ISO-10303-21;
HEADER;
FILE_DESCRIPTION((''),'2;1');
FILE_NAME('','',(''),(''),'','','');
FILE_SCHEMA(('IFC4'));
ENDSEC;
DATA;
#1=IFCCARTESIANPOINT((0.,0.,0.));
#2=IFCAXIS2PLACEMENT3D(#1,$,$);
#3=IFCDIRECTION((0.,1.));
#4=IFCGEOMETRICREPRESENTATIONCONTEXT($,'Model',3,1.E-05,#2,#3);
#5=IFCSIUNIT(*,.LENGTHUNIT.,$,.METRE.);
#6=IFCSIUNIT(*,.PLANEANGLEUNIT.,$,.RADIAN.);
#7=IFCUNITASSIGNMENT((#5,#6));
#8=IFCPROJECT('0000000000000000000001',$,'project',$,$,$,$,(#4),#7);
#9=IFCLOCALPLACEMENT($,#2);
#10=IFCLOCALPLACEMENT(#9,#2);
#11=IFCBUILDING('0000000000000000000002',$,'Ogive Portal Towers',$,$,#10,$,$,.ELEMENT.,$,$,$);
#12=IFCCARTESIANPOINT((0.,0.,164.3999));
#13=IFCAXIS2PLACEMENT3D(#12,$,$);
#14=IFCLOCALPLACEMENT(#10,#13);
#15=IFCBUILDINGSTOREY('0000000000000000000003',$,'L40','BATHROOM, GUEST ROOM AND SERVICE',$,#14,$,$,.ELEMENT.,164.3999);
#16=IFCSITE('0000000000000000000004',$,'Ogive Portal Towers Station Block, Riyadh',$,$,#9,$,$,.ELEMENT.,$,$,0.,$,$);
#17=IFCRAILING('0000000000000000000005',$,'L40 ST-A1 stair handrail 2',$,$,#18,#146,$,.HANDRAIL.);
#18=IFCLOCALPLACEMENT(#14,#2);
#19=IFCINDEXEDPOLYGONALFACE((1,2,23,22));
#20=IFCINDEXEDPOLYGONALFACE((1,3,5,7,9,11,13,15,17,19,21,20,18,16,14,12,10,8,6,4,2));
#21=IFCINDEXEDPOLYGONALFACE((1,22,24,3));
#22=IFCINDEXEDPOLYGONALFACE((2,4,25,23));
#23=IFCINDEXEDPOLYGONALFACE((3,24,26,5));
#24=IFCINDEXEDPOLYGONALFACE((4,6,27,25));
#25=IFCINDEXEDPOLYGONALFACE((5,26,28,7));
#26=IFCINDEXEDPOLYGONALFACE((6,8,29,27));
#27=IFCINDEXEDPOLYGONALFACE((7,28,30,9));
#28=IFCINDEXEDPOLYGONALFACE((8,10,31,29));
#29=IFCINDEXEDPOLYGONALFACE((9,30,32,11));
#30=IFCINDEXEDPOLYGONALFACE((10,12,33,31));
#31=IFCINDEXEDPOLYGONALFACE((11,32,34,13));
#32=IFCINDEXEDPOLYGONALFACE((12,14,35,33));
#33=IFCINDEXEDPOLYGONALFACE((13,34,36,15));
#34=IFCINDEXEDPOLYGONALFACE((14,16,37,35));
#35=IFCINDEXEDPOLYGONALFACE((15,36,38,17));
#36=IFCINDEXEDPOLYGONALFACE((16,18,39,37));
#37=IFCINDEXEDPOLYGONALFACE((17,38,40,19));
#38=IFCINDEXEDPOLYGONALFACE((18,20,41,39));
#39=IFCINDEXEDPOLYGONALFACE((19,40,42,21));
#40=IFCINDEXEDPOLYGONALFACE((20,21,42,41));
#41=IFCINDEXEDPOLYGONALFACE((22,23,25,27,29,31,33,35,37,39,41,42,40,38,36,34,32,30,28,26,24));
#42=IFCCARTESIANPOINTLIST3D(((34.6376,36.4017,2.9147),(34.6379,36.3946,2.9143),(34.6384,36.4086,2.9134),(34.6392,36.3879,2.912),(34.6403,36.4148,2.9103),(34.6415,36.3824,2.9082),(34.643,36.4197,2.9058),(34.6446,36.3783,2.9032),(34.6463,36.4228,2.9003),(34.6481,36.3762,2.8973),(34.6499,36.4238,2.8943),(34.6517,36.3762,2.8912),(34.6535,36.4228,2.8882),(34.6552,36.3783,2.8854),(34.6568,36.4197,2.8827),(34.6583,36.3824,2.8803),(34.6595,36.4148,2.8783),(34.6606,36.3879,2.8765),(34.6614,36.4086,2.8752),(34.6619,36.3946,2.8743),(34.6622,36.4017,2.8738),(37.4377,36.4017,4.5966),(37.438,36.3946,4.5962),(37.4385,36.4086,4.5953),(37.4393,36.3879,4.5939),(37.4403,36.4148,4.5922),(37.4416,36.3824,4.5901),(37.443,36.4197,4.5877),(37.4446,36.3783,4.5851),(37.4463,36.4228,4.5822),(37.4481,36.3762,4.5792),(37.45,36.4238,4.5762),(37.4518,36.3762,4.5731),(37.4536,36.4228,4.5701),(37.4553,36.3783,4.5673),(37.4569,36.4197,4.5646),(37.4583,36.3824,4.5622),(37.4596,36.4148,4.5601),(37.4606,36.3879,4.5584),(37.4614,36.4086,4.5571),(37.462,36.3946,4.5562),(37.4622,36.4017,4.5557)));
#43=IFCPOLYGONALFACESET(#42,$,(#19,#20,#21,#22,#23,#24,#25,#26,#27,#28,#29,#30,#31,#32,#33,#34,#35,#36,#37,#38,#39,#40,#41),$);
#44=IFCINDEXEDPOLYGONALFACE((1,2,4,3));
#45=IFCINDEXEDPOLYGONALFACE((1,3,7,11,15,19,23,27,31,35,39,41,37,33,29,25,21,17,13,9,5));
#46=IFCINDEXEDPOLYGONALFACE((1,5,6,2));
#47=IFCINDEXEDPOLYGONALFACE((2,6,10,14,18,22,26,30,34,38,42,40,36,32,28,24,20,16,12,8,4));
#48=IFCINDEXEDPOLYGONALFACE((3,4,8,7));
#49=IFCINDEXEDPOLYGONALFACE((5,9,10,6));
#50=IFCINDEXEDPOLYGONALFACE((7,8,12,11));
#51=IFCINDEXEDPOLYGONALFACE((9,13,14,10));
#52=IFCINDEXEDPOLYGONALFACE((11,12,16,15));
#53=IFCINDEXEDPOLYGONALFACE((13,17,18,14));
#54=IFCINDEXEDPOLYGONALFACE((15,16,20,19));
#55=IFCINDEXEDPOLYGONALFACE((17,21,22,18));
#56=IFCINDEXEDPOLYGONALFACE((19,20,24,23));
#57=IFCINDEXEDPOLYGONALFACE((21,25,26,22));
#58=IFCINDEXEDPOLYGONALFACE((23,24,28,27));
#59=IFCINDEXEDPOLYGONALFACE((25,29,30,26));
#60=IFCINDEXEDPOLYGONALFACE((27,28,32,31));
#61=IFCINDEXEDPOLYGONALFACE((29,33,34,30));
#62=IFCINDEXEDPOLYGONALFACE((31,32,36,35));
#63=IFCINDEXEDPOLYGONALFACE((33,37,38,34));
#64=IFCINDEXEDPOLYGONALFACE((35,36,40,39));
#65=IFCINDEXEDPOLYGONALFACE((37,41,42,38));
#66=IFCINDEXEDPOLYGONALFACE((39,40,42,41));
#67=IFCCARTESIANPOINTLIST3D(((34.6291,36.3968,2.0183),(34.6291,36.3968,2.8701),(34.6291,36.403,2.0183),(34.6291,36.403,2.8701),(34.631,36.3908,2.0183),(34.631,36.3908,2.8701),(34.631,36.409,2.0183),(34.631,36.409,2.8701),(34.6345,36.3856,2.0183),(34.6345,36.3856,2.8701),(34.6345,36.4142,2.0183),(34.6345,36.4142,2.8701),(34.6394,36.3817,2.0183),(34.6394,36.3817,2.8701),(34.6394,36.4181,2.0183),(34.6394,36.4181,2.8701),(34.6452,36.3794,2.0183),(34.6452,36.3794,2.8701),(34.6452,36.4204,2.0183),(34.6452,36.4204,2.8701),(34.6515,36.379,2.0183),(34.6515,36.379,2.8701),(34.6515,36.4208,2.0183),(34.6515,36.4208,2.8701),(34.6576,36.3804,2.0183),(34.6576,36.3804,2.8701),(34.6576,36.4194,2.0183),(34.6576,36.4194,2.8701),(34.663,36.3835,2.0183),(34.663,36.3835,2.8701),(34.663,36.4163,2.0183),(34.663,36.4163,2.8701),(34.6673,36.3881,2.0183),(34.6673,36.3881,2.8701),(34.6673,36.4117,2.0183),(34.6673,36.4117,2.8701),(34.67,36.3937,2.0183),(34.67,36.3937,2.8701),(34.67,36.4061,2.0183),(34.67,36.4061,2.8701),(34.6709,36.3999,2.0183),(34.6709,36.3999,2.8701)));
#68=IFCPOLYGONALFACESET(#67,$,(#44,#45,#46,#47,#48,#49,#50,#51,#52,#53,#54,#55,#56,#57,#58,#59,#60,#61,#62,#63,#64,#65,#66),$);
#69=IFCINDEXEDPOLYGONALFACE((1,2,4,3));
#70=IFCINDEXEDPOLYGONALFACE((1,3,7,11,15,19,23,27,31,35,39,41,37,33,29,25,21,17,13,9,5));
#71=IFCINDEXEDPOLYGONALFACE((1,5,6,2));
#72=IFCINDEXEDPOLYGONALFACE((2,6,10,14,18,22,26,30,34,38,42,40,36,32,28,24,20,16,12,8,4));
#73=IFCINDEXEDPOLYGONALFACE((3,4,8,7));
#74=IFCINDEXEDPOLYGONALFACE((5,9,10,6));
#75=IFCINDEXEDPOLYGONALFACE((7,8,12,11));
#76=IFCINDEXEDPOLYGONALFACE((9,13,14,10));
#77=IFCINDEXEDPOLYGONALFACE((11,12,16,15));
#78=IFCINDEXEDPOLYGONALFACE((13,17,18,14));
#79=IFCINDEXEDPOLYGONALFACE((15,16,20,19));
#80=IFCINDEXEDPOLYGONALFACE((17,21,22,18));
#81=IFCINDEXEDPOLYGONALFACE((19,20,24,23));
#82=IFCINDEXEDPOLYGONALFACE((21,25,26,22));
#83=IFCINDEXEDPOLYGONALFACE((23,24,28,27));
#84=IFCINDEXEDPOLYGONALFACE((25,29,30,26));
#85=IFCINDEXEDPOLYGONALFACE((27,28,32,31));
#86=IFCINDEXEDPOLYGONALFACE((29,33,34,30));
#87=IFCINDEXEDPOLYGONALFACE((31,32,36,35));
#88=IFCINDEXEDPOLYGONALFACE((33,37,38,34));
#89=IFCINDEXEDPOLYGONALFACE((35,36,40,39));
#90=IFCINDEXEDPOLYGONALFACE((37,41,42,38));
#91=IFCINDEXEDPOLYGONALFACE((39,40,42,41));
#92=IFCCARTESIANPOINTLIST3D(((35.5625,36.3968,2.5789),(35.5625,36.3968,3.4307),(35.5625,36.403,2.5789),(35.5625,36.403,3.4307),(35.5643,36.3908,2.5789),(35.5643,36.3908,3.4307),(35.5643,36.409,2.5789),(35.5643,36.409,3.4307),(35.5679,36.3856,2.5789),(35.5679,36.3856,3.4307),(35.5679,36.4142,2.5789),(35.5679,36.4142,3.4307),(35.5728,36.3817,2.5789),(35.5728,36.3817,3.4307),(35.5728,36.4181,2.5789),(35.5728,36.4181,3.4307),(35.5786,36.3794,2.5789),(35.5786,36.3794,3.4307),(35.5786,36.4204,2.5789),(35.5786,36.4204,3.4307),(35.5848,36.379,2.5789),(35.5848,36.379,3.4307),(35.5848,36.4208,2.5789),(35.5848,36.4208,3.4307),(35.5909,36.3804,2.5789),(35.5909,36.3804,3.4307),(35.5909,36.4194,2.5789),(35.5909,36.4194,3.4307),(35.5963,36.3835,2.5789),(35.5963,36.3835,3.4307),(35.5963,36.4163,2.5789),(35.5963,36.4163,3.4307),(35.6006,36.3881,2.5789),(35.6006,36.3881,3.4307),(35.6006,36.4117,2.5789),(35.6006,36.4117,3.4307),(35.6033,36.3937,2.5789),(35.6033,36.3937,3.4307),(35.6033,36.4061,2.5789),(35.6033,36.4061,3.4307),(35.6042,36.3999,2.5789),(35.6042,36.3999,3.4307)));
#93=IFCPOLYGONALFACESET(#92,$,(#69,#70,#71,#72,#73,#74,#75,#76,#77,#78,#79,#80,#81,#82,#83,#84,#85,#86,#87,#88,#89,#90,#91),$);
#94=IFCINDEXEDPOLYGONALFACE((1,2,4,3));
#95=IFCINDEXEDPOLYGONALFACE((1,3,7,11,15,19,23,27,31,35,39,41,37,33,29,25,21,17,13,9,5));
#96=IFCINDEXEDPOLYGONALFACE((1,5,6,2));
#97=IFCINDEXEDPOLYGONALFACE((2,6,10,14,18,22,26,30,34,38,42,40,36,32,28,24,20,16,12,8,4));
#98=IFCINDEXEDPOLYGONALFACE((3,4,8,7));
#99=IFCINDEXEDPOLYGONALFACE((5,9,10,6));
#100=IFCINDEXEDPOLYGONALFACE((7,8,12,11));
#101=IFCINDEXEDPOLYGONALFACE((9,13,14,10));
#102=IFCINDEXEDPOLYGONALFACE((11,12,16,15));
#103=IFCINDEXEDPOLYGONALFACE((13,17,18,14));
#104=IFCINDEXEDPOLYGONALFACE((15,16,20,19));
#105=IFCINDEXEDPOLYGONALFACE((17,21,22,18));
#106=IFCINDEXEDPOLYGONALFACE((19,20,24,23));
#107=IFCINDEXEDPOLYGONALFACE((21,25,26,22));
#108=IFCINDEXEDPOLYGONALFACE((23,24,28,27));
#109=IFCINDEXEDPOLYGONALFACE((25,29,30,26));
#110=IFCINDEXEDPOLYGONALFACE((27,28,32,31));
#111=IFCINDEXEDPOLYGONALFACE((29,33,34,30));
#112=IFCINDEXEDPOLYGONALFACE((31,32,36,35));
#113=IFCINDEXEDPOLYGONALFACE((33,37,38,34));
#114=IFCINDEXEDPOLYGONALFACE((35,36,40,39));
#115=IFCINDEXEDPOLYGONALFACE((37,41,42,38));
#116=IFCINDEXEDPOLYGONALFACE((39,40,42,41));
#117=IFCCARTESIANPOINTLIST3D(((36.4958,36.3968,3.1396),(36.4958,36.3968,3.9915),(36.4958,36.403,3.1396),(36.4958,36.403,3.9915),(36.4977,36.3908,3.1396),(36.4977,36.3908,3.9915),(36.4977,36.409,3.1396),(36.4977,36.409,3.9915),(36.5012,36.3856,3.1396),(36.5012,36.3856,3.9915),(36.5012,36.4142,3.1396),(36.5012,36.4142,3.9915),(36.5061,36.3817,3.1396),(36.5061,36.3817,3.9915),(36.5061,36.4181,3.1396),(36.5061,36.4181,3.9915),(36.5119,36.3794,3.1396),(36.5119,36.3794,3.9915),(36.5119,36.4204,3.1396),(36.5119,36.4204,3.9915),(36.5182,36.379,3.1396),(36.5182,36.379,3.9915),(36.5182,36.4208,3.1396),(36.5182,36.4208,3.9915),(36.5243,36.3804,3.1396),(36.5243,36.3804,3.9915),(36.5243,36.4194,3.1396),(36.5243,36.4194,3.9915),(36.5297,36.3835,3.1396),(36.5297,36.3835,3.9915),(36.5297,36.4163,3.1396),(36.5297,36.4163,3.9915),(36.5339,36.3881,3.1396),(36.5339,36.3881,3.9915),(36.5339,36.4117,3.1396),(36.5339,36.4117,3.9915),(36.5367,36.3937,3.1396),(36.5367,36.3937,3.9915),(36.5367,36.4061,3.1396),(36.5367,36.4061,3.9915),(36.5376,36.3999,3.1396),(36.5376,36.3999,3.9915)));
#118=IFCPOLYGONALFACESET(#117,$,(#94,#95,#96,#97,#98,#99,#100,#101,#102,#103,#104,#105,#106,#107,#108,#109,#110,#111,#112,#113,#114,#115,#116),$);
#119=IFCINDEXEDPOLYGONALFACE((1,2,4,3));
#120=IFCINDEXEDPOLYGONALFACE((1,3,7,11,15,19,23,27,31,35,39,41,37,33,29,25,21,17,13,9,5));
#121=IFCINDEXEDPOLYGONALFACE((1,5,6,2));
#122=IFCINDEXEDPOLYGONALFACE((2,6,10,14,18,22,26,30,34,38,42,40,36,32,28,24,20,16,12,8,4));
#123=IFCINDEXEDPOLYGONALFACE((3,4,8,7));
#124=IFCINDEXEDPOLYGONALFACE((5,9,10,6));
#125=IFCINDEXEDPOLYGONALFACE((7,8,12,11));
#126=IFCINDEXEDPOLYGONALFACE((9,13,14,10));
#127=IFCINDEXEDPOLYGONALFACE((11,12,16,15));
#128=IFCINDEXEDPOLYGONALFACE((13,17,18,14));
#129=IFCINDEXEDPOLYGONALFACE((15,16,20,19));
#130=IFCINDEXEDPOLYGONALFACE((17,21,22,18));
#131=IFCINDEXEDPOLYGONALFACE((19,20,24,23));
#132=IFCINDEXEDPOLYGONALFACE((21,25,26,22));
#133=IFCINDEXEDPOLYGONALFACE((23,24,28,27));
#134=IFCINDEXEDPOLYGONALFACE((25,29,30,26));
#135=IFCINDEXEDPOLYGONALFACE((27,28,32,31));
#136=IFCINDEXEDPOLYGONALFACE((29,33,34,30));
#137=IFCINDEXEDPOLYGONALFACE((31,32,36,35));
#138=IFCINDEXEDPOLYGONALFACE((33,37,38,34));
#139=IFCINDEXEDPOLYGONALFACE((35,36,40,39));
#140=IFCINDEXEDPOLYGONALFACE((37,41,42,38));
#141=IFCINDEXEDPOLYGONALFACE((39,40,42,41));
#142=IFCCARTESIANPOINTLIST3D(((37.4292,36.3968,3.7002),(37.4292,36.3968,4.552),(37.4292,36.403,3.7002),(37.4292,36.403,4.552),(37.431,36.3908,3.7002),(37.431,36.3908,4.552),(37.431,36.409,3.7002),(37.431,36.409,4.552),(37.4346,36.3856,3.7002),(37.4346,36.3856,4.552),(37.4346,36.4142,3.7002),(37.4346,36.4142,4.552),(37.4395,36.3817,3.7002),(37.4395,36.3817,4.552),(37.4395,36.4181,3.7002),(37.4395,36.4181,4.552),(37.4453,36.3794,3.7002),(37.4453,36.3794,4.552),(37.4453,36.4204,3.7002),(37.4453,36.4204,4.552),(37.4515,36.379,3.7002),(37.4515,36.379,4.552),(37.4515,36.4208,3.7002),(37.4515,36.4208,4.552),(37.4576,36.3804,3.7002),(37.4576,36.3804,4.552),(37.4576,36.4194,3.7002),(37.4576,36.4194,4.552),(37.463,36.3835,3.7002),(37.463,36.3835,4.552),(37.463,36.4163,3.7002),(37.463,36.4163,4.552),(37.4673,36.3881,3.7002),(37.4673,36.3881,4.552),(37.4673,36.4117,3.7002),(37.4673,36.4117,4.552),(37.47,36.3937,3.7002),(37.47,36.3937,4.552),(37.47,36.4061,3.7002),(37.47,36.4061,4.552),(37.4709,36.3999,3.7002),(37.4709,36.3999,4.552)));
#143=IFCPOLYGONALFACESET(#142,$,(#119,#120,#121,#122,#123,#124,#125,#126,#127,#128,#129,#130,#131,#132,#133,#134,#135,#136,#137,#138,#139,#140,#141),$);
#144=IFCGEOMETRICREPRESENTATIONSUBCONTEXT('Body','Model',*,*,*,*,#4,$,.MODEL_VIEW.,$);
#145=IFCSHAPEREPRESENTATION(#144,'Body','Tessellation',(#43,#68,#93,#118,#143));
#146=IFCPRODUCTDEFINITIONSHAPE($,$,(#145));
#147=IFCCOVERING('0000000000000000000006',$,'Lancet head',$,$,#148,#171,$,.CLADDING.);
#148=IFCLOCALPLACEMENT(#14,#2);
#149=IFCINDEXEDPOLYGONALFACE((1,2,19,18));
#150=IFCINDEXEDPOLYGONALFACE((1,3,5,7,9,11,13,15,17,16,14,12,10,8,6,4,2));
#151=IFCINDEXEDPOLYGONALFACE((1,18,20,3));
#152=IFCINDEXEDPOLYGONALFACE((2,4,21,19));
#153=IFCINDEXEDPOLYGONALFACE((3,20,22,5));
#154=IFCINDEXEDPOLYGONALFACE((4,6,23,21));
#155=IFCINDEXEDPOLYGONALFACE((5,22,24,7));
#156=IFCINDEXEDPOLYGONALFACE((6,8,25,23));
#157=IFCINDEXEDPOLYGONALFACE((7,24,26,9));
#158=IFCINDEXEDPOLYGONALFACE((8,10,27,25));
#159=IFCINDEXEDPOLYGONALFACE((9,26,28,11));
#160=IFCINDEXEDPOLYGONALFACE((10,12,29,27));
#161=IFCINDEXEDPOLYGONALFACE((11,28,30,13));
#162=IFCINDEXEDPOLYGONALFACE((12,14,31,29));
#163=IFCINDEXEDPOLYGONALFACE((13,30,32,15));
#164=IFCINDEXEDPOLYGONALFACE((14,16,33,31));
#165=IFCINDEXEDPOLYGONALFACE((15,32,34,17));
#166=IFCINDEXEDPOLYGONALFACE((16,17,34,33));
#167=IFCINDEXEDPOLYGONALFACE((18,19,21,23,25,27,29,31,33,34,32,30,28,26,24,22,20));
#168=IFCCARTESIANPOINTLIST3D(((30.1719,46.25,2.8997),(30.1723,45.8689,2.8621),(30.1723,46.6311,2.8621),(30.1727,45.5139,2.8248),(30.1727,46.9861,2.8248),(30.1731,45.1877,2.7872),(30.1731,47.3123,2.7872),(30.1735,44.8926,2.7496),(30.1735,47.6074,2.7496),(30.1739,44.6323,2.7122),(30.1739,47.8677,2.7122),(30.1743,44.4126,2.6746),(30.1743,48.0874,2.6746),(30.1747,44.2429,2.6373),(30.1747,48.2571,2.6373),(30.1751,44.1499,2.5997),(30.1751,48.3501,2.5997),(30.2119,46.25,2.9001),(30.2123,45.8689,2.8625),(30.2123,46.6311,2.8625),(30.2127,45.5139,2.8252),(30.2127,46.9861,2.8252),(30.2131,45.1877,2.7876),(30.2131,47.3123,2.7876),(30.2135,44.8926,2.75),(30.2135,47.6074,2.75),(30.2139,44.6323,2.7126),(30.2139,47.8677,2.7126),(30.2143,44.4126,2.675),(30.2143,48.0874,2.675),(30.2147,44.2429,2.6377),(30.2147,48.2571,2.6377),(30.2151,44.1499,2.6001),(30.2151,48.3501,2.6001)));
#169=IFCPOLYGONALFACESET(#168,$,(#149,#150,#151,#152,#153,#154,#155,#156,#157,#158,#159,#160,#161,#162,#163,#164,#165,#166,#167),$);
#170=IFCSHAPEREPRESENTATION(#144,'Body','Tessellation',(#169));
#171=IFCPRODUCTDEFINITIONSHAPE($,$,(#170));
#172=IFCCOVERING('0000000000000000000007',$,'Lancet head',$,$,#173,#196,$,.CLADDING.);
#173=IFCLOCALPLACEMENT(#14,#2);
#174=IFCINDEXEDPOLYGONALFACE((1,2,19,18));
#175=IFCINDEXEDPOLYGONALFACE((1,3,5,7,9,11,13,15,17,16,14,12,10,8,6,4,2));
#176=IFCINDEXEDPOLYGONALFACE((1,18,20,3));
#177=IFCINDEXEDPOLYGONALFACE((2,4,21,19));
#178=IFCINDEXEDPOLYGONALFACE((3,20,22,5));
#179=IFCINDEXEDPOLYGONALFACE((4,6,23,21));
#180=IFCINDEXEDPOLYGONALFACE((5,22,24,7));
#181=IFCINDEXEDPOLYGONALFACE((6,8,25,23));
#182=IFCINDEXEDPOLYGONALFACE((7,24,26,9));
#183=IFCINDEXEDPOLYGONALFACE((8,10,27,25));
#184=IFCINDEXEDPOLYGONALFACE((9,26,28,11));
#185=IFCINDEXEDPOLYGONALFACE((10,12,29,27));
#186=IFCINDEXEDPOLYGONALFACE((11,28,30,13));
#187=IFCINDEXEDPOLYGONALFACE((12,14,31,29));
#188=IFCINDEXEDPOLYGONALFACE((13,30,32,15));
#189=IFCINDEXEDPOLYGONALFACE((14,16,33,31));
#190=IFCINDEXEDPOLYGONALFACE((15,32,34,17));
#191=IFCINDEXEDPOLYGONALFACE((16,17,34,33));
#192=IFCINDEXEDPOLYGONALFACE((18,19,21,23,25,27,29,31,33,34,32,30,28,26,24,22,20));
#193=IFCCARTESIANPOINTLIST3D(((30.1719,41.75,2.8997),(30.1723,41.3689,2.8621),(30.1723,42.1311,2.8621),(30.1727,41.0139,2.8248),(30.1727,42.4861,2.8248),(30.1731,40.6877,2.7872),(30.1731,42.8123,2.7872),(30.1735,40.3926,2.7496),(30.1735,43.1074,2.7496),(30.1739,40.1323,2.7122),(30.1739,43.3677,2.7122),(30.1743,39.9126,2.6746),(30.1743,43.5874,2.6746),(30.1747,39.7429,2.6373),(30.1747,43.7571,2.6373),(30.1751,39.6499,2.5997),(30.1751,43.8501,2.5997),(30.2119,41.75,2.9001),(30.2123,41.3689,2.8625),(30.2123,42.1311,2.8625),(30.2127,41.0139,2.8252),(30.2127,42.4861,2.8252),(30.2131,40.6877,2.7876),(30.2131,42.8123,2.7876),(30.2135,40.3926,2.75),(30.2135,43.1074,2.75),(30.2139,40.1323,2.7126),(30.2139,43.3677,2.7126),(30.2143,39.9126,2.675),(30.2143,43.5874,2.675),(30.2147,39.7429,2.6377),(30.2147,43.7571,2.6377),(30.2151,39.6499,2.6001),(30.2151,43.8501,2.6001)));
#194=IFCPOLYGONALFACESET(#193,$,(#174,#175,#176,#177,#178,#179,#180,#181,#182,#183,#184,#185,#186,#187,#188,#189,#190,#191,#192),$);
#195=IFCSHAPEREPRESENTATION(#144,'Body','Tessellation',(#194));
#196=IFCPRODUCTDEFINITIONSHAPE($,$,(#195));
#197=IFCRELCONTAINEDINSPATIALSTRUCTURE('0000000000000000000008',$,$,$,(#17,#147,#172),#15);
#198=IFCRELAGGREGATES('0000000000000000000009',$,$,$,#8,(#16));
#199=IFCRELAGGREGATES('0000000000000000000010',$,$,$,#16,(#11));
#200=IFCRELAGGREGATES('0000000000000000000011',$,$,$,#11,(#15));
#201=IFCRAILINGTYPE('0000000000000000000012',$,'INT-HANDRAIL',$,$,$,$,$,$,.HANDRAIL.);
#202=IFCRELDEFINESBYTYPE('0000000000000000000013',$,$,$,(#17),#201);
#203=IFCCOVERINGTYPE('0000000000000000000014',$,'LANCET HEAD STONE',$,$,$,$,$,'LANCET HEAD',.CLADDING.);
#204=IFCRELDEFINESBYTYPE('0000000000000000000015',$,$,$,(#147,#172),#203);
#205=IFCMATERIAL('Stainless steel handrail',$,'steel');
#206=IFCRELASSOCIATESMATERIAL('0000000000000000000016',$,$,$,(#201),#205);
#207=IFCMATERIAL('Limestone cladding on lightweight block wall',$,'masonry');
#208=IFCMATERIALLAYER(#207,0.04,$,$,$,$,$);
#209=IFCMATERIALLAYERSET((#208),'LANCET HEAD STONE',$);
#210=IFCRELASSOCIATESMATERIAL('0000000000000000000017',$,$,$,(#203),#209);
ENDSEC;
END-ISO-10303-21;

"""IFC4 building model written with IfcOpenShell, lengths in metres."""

from ifc_helpers import new_model, si_unit, direction, frame, origin, origin_2d, place, context, subcontext, project, spatial, polyline, circle, outline, extrude, material, layer, layer_set, type_object, element, save


model = new_model("IFC4")

# Units and contexts
model_context = context("Model", 3, precision=1e-05, world=origin(), true_north=direction((0.0, 1.0)))
body_context = subcontext(model_context, "Body", "Model", "MODEL_VIEW")
ifc_project = project(units=[si_unit("LENGTHUNIT", "METRE"), si_unit("PLANEANGLEUNIT", "RADIAN")], contexts=[model_context])

# Site, building, storey
site_placement = place(None, origin())
site = spatial("IfcSite", under=ifc_project, at=site_placement, Name="Ogive Portal Towers Station Block, Riyadh", CompositionType="ELEMENT", RefElevation=0.0)
building_placement = place(site_placement, origin())
building = spatial("IfcBuilding", under=site, at=building_placement, Name="Ogive Portal Towers", CompositionType="ELEMENT")
storey_placement = place(building_placement, frame((0.0, 0.0, 164.3999)))
storey = spatial("IfcBuildingStorey", under=building, at=storey_placement, Name="L40", Description="BATHROOM, GUEST ROOM AND SERVICE", CompositionType="ELEMENT", Elevation=164.3999)

# Shared definitions
ifc_material_1 = material(Name="Limestone cladding on lightweight block wall", Category="masonry")

# Railing
ifc_material_2 = material(Name="Stainless steel handrail", Category="steel")
railing_type_1 = type_object("IfcRailingType", Name="INT-HANDRAIL", PredefinedType="HANDRAIL", material=ifc_material_2)
railing_1_placement = place(storey_placement, frame((34.6499, 36.3999, 2.0183)))
element("IfcRailing", 1, at=railing_1_placement, inside=storey, type_object=railing_type_1, Name="L40 ST-A1 stair handrail 2", PredefinedType="HANDRAIL", context=body_context, shape_type="SweptSolid", body=[
    extrude(circle(Radius=0.0239, at=origin_2d()), frame((0.0, 0.0, 0.876), z_axis=(0.857242, 0.0, 0.514913), x_axis=(0.0, 1.0, 0.0)), (0.0, 0.0, 1.0), 3.2664),
    extrude(circle(Radius=0.021, at=origin_2d()), origin(), (0.0, 0.0, 1.0), 0.8518),
    extrude(circle(Radius=0.021, at=origin_2d()), frame((0.9333, 0.0, 0.5605)), (0.0, 0.0, 1.0), 0.8518),
    extrude(circle(Radius=0.021, at=origin_2d()), frame((1.8667, 0.0, 1.1213)), (0.0, 0.0, 1.0), 0.8518),
    extrude(circle(Radius=0.021, at=origin_2d()), frame((2.8, 0.0, 1.6819)), (0.0, 0.0, 1.0), 0.8518),
])

# Coverings
ifc_layer_1 = layer(ifc_material_1, 0.04)
ifc_layer_set_1 = layer_set([ifc_layer_1], Name="LANCET HEAD STONE")
covering_type = type_object("IfcCoveringType", Name="LANCET HEAD STONE", ElementType="LANCET HEAD", PredefinedType="CLADDING", material=ifc_layer_set_1)
for number, where, z_axis, x_axis, name in (
    (2, (30.2151, 48.3501, 2.6001), (0.999944, 0.0, 0.010629), (0.0, -1.0, 0.0), "Lancet head"),
    (3, (30.2151, 43.8501, 2.6001), (0.999944, 0.0, 0.010629), (0.0, -1.0, 0.0), "Lancet head"),
):
    element("IfcCovering", number, at=place(storey_placement, frame(where, z_axis=z_axis, x_axis=x_axis)), inside=storey, type_object=covering_type, Name=name, PredefinedType="CLADDING", context=body_context, shape_type="SweptSolid", body=[
        extrude(outline(polyline([(0.0, 0.0), (4.2002, 0.0), (4.1072, -0.0376), (3.9375, -0.075), (3.7178, -0.1126), (3.4575, -0.1499), (3.1624, -0.1875), (2.8362, -0.2251), (2.4812, -0.2625), (2.1001, -0.3001), (1.719, -0.2625), (1.364, -0.2251), (1.0378, -0.1875), (0.7427, -0.1499), (0.4824, -0.1126), (0.2627, -0.075), (0.093, -0.0376), (0.0, 0.0)])), origin(), (0.0, 0.0, -1.0), 0.04),
    ])

save(model, "model.ifc")
